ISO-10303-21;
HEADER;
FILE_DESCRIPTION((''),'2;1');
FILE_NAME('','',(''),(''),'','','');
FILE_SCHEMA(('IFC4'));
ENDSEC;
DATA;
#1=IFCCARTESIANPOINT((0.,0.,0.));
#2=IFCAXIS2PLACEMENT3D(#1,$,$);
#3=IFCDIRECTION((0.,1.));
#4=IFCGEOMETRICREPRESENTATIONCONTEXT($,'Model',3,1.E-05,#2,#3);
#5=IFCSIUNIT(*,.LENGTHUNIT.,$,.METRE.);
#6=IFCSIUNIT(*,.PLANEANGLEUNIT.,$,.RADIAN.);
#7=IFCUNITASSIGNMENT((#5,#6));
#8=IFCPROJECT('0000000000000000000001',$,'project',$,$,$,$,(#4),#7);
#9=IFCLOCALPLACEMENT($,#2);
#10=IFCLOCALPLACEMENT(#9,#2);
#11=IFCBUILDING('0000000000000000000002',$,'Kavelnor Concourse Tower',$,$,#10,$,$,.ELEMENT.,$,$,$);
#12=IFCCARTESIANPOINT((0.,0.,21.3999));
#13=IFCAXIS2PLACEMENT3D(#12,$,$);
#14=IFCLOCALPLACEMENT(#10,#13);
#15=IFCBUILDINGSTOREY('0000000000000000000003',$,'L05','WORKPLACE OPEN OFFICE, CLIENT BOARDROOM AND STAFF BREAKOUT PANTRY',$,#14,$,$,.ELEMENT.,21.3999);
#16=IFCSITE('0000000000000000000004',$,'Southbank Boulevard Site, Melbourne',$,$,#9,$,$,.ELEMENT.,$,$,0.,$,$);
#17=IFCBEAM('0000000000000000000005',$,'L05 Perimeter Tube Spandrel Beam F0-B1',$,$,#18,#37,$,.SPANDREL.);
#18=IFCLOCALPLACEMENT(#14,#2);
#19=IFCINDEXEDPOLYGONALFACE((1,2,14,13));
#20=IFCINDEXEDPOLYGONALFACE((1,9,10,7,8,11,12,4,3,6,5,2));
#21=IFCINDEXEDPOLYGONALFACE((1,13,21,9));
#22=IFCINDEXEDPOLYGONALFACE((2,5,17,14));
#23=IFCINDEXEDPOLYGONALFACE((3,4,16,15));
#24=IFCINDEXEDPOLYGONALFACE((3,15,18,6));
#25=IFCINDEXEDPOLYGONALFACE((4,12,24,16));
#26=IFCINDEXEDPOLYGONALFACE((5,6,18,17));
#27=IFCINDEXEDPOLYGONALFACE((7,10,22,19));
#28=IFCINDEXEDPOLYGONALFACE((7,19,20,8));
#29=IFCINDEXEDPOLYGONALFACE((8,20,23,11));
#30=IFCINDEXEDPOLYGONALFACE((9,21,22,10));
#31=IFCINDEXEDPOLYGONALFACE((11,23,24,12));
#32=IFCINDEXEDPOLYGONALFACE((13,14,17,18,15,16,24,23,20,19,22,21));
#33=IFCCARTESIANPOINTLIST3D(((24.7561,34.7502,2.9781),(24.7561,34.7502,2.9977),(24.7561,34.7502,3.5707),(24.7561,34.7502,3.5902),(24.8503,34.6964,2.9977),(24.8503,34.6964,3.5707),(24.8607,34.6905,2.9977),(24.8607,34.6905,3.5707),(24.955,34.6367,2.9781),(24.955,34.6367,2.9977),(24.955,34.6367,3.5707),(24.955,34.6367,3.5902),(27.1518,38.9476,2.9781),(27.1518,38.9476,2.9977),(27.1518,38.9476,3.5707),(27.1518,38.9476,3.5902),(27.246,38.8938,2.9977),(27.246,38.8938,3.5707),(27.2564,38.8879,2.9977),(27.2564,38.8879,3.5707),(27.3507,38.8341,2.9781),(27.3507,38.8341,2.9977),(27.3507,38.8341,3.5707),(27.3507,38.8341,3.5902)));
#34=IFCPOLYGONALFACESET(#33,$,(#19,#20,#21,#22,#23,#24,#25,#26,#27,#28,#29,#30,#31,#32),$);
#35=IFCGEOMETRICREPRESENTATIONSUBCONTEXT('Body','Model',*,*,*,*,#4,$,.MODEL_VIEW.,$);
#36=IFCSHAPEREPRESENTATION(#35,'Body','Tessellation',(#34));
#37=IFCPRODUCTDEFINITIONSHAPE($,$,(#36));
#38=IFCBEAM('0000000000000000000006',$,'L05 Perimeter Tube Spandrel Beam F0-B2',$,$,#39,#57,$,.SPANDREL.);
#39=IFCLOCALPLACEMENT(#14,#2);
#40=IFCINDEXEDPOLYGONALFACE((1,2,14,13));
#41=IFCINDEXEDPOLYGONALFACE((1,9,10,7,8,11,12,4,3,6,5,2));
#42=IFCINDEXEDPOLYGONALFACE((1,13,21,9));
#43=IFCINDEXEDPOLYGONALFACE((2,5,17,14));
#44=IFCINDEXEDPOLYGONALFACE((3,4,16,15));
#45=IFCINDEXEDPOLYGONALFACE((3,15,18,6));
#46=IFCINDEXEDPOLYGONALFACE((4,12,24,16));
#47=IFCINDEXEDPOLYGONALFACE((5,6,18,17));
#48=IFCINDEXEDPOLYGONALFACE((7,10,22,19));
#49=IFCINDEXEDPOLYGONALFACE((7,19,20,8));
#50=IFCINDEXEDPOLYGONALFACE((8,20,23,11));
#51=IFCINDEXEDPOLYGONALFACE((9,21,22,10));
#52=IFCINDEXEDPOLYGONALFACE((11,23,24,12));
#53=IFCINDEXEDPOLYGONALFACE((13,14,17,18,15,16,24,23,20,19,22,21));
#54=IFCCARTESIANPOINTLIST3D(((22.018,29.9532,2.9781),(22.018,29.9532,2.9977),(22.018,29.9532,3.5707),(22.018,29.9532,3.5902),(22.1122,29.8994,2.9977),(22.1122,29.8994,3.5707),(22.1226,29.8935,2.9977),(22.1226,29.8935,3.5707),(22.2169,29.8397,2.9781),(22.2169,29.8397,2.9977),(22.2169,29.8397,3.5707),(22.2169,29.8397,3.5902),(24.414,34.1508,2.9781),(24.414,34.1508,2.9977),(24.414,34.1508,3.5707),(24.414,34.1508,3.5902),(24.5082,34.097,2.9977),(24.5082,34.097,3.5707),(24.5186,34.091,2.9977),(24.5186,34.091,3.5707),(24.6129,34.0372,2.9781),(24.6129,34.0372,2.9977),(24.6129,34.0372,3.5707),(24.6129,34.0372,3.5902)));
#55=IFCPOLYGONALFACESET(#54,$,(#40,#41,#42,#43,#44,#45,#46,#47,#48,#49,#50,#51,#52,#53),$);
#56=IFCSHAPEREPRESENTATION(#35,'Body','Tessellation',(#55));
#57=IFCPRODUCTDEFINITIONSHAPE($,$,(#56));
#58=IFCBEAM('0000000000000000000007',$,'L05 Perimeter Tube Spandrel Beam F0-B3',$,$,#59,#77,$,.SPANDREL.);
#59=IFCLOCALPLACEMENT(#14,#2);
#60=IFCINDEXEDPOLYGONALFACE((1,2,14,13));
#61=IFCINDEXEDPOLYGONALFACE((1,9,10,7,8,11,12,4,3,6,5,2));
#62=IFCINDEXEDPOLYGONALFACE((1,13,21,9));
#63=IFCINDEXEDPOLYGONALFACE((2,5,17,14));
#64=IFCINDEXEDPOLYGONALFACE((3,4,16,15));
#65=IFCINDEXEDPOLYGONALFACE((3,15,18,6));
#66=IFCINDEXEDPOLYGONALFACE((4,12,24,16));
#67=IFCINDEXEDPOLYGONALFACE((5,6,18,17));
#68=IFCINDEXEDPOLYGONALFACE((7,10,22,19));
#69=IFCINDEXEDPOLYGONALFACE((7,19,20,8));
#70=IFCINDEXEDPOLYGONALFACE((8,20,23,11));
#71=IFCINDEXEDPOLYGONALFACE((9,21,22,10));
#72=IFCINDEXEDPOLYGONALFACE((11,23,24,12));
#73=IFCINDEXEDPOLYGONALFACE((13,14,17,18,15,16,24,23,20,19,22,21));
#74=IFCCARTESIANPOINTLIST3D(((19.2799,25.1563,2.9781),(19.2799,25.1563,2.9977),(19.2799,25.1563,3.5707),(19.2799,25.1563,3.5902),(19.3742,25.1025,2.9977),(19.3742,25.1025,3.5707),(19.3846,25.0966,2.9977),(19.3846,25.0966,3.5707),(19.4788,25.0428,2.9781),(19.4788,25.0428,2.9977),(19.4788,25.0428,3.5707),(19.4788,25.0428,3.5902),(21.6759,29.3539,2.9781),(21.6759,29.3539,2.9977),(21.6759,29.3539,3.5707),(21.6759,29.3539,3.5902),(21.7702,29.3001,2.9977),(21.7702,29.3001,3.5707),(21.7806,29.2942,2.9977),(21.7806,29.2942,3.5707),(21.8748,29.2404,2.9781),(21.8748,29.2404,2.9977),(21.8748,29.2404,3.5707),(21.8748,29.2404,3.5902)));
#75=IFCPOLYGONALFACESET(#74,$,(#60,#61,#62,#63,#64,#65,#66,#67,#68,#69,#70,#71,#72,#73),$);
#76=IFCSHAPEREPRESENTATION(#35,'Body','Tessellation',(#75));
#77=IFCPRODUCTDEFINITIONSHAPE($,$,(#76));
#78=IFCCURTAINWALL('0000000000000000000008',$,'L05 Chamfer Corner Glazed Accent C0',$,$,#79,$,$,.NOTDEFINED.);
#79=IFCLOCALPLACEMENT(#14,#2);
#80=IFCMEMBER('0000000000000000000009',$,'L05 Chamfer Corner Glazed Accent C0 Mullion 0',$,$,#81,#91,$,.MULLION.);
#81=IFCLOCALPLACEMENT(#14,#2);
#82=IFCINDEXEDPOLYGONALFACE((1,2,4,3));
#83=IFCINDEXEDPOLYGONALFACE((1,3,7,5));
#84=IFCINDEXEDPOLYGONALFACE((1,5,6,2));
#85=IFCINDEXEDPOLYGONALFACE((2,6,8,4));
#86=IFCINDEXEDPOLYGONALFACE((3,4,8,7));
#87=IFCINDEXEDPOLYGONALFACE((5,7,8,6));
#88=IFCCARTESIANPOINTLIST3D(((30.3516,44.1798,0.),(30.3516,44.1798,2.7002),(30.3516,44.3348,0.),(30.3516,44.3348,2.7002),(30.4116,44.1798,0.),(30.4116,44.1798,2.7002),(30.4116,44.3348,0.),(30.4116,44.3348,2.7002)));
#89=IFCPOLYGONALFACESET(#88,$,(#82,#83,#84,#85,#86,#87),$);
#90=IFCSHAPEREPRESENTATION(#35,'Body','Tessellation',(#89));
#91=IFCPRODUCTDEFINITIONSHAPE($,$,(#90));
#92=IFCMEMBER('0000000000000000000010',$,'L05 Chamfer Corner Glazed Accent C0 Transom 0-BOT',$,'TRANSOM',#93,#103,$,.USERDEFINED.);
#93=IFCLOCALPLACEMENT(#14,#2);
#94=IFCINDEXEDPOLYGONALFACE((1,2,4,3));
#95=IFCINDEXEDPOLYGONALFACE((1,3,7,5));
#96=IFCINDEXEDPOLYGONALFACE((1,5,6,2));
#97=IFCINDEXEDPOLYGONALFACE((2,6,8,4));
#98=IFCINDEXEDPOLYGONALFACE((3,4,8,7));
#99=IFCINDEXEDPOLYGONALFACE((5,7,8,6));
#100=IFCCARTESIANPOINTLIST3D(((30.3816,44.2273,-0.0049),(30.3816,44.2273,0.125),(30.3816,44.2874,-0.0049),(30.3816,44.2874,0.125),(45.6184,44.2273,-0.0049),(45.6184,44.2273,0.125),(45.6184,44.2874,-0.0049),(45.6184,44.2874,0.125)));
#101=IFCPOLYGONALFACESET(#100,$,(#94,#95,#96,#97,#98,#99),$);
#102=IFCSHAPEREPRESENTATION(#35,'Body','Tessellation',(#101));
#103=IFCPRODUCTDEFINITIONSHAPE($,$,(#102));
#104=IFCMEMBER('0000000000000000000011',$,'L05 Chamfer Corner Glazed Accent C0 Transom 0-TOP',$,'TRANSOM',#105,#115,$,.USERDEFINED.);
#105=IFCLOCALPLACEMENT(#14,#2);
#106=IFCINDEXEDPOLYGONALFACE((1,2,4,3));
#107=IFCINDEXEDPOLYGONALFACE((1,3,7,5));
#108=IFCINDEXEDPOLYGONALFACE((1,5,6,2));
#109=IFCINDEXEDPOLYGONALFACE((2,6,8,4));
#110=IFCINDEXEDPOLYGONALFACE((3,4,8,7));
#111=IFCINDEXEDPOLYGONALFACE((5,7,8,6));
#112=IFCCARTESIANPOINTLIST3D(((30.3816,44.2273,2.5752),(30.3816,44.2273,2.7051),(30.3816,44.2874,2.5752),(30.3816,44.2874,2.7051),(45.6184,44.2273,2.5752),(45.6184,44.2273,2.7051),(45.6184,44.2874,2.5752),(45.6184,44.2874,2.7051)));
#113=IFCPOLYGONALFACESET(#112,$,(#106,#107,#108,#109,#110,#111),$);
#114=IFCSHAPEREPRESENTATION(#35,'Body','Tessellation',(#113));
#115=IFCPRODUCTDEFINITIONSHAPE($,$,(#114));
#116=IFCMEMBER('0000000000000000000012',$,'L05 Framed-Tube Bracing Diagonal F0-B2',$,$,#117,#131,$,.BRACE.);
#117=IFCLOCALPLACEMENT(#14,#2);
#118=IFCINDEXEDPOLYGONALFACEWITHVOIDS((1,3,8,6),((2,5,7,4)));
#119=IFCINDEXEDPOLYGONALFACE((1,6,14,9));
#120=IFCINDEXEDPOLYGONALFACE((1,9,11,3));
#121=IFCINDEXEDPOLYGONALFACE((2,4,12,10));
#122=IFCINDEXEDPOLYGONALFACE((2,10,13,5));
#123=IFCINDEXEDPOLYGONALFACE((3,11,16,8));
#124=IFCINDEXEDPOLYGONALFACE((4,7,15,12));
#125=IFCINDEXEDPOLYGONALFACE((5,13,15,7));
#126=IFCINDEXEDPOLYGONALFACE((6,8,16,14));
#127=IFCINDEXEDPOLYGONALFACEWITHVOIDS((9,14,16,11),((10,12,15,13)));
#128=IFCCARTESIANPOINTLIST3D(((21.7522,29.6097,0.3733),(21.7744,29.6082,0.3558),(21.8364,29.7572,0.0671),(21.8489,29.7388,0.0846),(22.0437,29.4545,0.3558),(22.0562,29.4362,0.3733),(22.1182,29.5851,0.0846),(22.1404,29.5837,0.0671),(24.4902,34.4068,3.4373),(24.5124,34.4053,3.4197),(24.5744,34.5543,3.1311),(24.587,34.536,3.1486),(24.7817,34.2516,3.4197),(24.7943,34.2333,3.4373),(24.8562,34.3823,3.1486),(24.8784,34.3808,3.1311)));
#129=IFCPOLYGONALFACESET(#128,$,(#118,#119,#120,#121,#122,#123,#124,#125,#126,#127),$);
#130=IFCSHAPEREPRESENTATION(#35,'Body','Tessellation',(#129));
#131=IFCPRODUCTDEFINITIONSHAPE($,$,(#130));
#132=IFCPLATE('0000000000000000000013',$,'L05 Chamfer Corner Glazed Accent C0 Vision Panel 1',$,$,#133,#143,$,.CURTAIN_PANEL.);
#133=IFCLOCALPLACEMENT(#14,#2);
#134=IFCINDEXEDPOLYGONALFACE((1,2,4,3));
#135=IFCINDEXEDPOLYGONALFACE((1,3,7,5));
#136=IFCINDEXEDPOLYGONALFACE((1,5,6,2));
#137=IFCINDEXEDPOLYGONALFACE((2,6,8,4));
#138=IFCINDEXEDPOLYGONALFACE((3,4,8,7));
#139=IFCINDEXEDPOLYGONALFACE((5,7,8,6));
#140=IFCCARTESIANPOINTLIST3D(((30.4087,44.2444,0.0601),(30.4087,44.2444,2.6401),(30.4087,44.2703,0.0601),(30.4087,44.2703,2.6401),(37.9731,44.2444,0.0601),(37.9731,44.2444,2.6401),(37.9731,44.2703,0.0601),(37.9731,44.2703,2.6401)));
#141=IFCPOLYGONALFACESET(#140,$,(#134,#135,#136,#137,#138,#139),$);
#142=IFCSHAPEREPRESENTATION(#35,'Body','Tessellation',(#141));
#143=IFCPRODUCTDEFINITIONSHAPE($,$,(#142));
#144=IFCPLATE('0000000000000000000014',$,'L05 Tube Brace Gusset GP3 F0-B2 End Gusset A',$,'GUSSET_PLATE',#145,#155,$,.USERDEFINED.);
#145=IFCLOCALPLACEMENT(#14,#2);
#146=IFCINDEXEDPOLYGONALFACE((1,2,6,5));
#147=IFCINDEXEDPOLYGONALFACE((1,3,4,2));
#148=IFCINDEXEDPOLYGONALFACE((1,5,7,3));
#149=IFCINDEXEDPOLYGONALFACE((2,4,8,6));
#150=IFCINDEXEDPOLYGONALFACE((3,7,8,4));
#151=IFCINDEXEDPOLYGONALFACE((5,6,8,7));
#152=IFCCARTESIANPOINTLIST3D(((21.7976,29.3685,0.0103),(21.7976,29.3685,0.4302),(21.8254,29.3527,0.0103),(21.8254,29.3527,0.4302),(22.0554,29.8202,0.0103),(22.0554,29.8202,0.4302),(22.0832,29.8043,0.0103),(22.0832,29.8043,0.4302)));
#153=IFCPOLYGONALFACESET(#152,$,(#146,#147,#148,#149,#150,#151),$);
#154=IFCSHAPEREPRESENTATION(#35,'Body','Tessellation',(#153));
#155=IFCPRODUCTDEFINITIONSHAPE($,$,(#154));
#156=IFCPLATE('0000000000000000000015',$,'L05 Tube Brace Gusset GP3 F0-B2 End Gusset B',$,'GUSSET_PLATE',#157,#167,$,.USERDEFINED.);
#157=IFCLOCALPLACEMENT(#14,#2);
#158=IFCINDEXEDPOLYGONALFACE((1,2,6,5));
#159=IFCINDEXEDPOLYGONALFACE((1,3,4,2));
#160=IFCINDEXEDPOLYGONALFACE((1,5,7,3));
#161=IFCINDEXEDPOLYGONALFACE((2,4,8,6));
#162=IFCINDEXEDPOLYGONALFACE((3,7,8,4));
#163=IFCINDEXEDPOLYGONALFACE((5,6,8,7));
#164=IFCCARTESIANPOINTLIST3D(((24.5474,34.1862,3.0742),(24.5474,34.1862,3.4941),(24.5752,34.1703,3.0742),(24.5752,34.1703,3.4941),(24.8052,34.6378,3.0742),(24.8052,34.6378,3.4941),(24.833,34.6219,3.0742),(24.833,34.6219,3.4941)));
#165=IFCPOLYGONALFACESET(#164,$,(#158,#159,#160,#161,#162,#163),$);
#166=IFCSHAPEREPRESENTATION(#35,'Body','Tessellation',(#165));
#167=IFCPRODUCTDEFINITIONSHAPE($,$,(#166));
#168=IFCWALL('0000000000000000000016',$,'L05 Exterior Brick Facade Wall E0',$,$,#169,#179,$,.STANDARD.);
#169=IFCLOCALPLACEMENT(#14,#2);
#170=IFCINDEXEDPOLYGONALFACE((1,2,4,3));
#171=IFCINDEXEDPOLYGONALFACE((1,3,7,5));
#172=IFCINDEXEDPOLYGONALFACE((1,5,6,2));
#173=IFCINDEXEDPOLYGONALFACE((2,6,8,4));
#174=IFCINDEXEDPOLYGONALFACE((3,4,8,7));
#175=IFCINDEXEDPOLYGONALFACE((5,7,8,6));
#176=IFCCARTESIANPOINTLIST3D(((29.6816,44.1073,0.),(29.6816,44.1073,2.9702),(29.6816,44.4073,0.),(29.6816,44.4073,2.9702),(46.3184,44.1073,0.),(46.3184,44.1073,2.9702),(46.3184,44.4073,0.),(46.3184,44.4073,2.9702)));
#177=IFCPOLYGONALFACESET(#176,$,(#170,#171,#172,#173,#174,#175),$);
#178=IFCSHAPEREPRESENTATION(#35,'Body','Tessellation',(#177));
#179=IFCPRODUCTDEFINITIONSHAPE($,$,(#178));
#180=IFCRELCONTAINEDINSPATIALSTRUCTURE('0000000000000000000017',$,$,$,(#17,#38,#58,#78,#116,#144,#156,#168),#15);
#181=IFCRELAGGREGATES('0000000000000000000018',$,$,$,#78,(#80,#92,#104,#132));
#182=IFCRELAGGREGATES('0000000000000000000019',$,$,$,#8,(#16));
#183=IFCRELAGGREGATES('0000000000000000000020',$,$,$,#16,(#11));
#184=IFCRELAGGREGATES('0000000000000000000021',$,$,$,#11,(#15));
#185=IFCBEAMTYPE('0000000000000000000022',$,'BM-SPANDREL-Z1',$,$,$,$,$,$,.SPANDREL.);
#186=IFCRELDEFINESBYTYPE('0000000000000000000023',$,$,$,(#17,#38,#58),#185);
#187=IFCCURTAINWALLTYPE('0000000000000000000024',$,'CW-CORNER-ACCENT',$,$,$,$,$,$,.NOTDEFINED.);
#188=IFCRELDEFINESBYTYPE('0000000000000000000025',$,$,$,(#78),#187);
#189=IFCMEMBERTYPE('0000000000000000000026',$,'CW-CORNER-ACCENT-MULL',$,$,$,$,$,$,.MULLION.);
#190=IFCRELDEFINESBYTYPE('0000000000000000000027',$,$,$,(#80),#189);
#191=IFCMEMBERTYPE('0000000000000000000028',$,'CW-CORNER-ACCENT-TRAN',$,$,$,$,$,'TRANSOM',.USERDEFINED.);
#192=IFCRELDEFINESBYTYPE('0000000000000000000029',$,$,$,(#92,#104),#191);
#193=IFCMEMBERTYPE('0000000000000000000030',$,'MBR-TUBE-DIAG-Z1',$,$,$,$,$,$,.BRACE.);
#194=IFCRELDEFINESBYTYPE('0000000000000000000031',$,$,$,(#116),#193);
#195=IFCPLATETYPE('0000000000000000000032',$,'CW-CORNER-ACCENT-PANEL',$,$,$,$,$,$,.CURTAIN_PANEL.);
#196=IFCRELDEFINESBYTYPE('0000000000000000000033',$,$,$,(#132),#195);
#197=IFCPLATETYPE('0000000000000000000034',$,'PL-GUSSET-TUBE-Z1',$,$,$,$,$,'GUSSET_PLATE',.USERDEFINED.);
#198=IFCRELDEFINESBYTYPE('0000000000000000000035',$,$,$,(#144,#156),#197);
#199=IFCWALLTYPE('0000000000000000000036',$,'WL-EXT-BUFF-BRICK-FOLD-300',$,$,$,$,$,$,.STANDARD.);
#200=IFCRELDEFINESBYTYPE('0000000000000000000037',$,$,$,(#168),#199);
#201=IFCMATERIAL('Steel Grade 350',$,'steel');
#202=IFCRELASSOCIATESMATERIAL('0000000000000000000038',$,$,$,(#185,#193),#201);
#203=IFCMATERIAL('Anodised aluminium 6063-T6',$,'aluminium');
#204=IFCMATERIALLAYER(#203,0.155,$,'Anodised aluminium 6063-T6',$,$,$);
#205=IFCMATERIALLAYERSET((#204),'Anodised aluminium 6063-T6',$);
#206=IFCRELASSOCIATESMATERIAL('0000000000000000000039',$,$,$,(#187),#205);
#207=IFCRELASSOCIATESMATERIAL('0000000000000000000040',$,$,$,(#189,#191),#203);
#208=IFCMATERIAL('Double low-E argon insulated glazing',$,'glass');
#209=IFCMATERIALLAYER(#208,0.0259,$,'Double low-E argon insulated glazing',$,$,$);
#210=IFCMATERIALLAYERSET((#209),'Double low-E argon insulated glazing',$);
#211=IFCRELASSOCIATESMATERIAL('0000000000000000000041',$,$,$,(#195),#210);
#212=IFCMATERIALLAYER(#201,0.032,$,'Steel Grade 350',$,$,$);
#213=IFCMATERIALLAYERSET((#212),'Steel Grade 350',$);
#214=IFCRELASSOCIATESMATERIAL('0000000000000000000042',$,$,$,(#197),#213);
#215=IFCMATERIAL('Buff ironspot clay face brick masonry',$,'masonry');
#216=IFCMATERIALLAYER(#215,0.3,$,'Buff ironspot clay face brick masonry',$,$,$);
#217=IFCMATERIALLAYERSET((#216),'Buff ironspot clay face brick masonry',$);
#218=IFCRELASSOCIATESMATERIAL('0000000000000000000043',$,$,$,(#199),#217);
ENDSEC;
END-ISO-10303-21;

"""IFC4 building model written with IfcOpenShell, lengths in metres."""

from ifc_helpers import new_model, si_unit, direction, frame, frame_2d, origin, origin_2d, place, context, subcontext, project, spatial, rectangle, hollow_rectangle, i_section, extrude, material, layer, layer_set, material_profile, profile_set, type_object, element, aggregate, save


model = new_model("IFC4")

# Units and contexts
model_context = context("Model", 3, precision=1e-05, world=origin(), true_north=direction((0.0, 1.0)))
body_context = subcontext(model_context, "Body", "Model", "MODEL_VIEW")
ifc_project = project(units=[si_unit("LENGTHUNIT", "METRE"), si_unit("PLANEANGLEUNIT", "RADIAN")], contexts=[model_context])

# Site, building, storey
site_placement = place(None, origin())
site = spatial("IfcSite", under=ifc_project, at=site_placement, Name="Southbank Boulevard Site, Melbourne", CompositionType="ELEMENT", RefElevation=0.0)
building_placement = place(site_placement, origin())
building = spatial("IfcBuilding", under=site, at=building_placement, Name="Kavelnor Concourse Tower", CompositionType="ELEMENT")
storey_placement = place(building_placement, frame((0.0, 0.0, 21.3999)))
storey = spatial("IfcBuildingStorey", under=building, at=storey_placement, Name="L05", Description="WORKPLACE OPEN OFFICE, CLIENT BOARDROOM AND STAFF BREAKOUT PANTRY", CompositionType="ELEMENT", Elevation=21.3999)

# Shared definitions
ifc_material_1 = material(Name="Steel Grade 350", Category="steel")

# Beams
ifc_material_profile_1 = material_profile(ifc_material_1, i_section(OverallWidth=0.229, OverallDepth=0.6121, WebThickness=0.012, FlangeThickness=0.0195, at=origin_2d()), Name="610UB125")
ifc_profile_set_1 = profile_set([ifc_material_profile_1], Name="Steel Grade 350")
beam_type_1 = type_object("IfcBeamType", Name="BM-SPANDREL-Z1", PredefinedType="SPANDREL", material=ifc_profile_set_1)
beam_1_placement = place(storey_placement, frame((27.2512, 38.8909, 3.2842), z_axis=(-0.495698, -0.868495, 0.0), x_axis=(0.868495, -0.495698, 0.0)))
element("IfcBeam", 1, at=beam_1_placement, inside=storey, type_object=beam_type_1, Name="L05 Perimeter Tube Spandrel Beam F0-B1", PredefinedType="SPANDREL", context=body_context, shape_type="SweptSolid", body=[
    extrude(i_section(OverallWidth=0.229, OverallDepth=0.6121, WebThickness=0.012, FlangeThickness=0.0195, at=origin_2d()), origin(), (0.0, 0.0, 1.0), 4.833),
])
for number, where, z_axis, x_axis, name in (
    (2, (24.5134, 34.094, 3.2842), (-0.495736, -0.868473, 0.0), (0.868473, -0.495736, 0.0), "L05 Perimeter Tube Spandrel Beam F0-B2"),
    (3, (21.7754, 29.2971, 3.2842), (-0.495736, -0.868473, 0.0), (0.868473, -0.495736, 0.0), "L05 Perimeter Tube Spandrel Beam F0-B3"),
):
    element("IfcBeam", number, at=place(storey_placement, frame(where, z_axis=z_axis, x_axis=x_axis)), inside=storey, type_object=beam_type_1, Name=name, PredefinedType="SPANDREL", context=body_context, shape_type="SweptSolid", body=[
        extrude(i_section(OverallWidth=0.229, OverallDepth=0.6121, WebThickness=0.012, FlangeThickness=0.0195, at=origin_2d()), origin(), (0.0, 0.0, 1.0), 4.8333),
    ])

# Curtain wall, members
ifc_material_2 = material(Name="Anodised aluminium 6063-T6", Category="aluminium")
ifc_layer_1 = layer(ifc_material_2, 0.155, Name="Anodised aluminium 6063-T6")
ifc_layer_set_1 = layer_set([ifc_layer_1], Name="Anodised aluminium 6063-T6")
curtain_wall_type = type_object("IfcCurtainWallType", Name="CW-CORNER-ACCENT", PredefinedType="NOTDEFINED", material=ifc_layer_set_1)
curtain_wall_placement = place(storey_placement, origin())
curtain_wall = element("IfcCurtainWall", 4, at=curtain_wall_placement, inside=storey, type_object=curtain_wall_type, Name="L05 Chamfer Corner Glazed Accent C0", PredefinedType="NOTDEFINED")
ifc_material_profile_2 = material_profile(ifc_material_2, rectangle(XDim=0.0601, YDim=0.155, at=origin_2d()), Name="AL-MULL 60x155")
ifc_profile_set_2 = profile_set([ifc_material_profile_2], Name="Anodised aluminium 6063-T6")
member_type_1 = type_object("IfcMemberType", Name="CW-CORNER-ACCENT-MULL", PredefinedType="MULLION", material=ifc_profile_set_2)
member_1_placement = place(storey_placement, frame((30.3816, 44.2573, 0.0), z_axis=(0.0, 0.0, 1.0), x_axis=(1.0, 0.0, 0.0)))
member_1 = element("IfcMember", 5, at=member_1_placement, type_object=member_type_1, Name="L05 Chamfer Corner Glazed Accent C0 Mullion 0", PredefinedType="MULLION", context=body_context, shape_type="SweptSolid", body=[
    extrude(rectangle(XDim=0.0601, YDim=0.155, at=origin_2d()), origin(), (0.0, 0.0, 1.0), 2.7002),
])
ifc_material_profile_3 = material_profile(ifc_material_2, rectangle(XDim=0.0601, YDim=0.1299, at=origin_2d()), Name="AL-TRAN 60x130")
ifc_profile_set_3 = profile_set([ifc_material_profile_3], Name="Anodised aluminium 6063-T6")
member_type_2 = type_object("IfcMemberType", Name="CW-CORNER-ACCENT-TRAN", ElementType="TRANSOM", PredefinedType="USERDEFINED", material=ifc_profile_set_3)
member_2_placement = place(storey_placement, frame((30.3816, 44.2573, 0.0601), z_axis=(1.0, 0.0, 0.0), x_axis=(0.0, 1.0, 0.0)))
member_2 = element("IfcMember", 6, at=member_2_placement, type_object=member_type_2, Name="L05 Chamfer Corner Glazed Accent C0 Transom 0-BOT", ObjectType="TRANSOM", PredefinedType="USERDEFINED", context=body_context, shape_type="SweptSolid", body=[
    extrude(rectangle(XDim=0.0601, YDim=0.1299, at=origin_2d()), origin(), (0.0, 0.0, 1.0), 15.2368),
])
member_3_placement = place(storey_placement, frame((30.3816, 44.2573, 2.6401), z_axis=(1.0, 0.0, 0.0), x_axis=(0.0, 1.0, 0.0)))
member_3 = element("IfcMember", 7, at=member_3_placement, type_object=member_type_2, Name="L05 Chamfer Corner Glazed Accent C0 Transom 0-TOP", ObjectType="TRANSOM", PredefinedType="USERDEFINED", context=body_context, shape_type="SweptSolid", body=[
    extrude(rectangle(XDim=0.0601, YDim=0.1299, at=origin_2d()), origin(), (0.0, 0.0, 1.0), 15.2368),
])

# Member
ifc_material_profile_4 = material_profile(ifc_material_1, hollow_rectangle(XDim=0.3501, YDim=0.3501, WallThickness=0.02, at=origin_2d()), Name="SHS 350x350x20")
ifc_profile_set_4 = profile_set([ifc_material_profile_4], Name="Steel Grade 350")
member_type_3 = type_object("IfcMemberType", Name="MBR-TUBE-DIAG-Z1", PredefinedType="BRACE", material=ifc_profile_set_4)
member_4_placement = place(storey_placement, frame((21.9463, 29.5967, 0.2202), z_axis=(0.43348, 0.759469, 0.48508), x_axis=(-0.868491, 0.495706, 0.0)))
element("IfcMember", 8, at=member_4_placement, inside=storey, type_object=member_type_3, Name="L05 Framed-Tube Bracing Diagonal F0-B2", PredefinedType="BRACE", context=body_context, shape_type="SweptSolid", body=[
    extrude(hollow_rectangle(XDim=0.3501, YDim=0.3501, WallThickness=0.02, at=origin_2d()), origin(), (0.0, 0.0, 1.0), 6.3164),
])

# Plate
ifc_material_3 = material(Name="Double low-E argon insulated glazing", Category="glass")
ifc_layer_2 = layer(ifc_material_3, 0.0259, Name="Double low-E argon insulated glazing")
ifc_layer_set_2 = layer_set([ifc_layer_2], Name="Double low-E argon insulated glazing")
plate_type_1 = type_object("IfcPlateType", Name="CW-CORNER-ACCENT-PANEL", PredefinedType="CURTAIN_PANEL", material=ifc_layer_set_2)
plate_placement = place(storey_placement, frame((34.1909, 44.2573, 0.0601), z_axis=(0.0, 0.0, 1.0), x_axis=(1.0, 0.0, 0.0)))
plate = element("IfcPlate", 9, at=plate_placement, type_object=plate_type_1, Name="L05 Chamfer Corner Glazed Accent C0 Vision Panel 1", PredefinedType="CURTAIN_PANEL", context=body_context, shape_type="SweptSolid", body=[
    extrude(rectangle(XDim=7.5645, YDim=0.0259, at=origin_2d()), origin(), (0.0, 0.0, 1.0), 2.5801),
])
aggregate(curtain_wall, [member_1, member_2, member_3, plate])

# Plates
ifc_layer_3 = layer(ifc_material_1, 0.032, Name="Steel Grade 350")
ifc_layer_set_3 = layer_set([ifc_layer_3], Name="Steel Grade 350")
plate_type_2 = type_object("IfcPlateType", Name="PL-GUSSET-TUBE-Z1", ElementType="GUSSET_PLATE", PredefinedType="USERDEFINED", material=ifc_layer_set_3)
for number, where, z_axis, x_axis, name in (
    (10, (21.9404, 29.5864, 0.0103), (0.0, 0.0, 1.0), (0.495762, 0.868459, 0.0), "L05 Tube Brace Gusset GP3 F0-B2 End Gusset A"),
    (11, (24.6902, 34.4041, 3.0742), (0.0, 0.0, 1.0), (0.495762, 0.868459, 0.0), "L05 Tube Brace Gusset GP3 F0-B2 End Gusset B"),
):
    element("IfcPlate", number, at=place(storey_placement, frame(where, z_axis=z_axis, x_axis=x_axis)), inside=storey, type_object=plate_type_2, Name=name, ObjectType="GUSSET_PLATE", PredefinedType="USERDEFINED", context=body_context, shape_type="SweptSolid", body=[
        extrude(rectangle(XDim=0.52, YDim=0.032, at=origin_2d()), origin(), (0.0, 0.0, 1.0), 0.4199),
    ])

# Wall
ifc_material_4 = material(Name="Buff ironspot clay face brick masonry", Category="masonry")
ifc_layer_4 = layer(ifc_material_4, 0.3, Name="Buff ironspot clay face brick masonry")
ifc_layer_set_4 = layer_set([ifc_layer_4], Name="Buff ironspot clay face brick masonry")
wall_type_1 = type_object("IfcWallType", Name="WL-EXT-BUFF-BRICK-FOLD-300", PredefinedType="STANDARD", material=ifc_layer_set_4)
wall_1_placement = place(storey_placement, frame((29.6816, 44.2573, 0.0), z_axis=(0.0, 0.0, 1.0), x_axis=(1.0, 0.0, 0.0)))
element("IfcWall", 12, at=wall_1_placement, inside=storey, type_object=wall_type_1, Name="L05 Exterior Brick Facade Wall E0", PredefinedType="STANDARD", context=body_context, shape_type="SweptSolid", body=[
    extrude(rectangle(XDim=16.6367, YDim=0.3, at=frame_2d((8.3184, 0.0))), origin(), (0.0, 0.0, 1.0), 2.9702),
])

save(model, "model.ifc")
